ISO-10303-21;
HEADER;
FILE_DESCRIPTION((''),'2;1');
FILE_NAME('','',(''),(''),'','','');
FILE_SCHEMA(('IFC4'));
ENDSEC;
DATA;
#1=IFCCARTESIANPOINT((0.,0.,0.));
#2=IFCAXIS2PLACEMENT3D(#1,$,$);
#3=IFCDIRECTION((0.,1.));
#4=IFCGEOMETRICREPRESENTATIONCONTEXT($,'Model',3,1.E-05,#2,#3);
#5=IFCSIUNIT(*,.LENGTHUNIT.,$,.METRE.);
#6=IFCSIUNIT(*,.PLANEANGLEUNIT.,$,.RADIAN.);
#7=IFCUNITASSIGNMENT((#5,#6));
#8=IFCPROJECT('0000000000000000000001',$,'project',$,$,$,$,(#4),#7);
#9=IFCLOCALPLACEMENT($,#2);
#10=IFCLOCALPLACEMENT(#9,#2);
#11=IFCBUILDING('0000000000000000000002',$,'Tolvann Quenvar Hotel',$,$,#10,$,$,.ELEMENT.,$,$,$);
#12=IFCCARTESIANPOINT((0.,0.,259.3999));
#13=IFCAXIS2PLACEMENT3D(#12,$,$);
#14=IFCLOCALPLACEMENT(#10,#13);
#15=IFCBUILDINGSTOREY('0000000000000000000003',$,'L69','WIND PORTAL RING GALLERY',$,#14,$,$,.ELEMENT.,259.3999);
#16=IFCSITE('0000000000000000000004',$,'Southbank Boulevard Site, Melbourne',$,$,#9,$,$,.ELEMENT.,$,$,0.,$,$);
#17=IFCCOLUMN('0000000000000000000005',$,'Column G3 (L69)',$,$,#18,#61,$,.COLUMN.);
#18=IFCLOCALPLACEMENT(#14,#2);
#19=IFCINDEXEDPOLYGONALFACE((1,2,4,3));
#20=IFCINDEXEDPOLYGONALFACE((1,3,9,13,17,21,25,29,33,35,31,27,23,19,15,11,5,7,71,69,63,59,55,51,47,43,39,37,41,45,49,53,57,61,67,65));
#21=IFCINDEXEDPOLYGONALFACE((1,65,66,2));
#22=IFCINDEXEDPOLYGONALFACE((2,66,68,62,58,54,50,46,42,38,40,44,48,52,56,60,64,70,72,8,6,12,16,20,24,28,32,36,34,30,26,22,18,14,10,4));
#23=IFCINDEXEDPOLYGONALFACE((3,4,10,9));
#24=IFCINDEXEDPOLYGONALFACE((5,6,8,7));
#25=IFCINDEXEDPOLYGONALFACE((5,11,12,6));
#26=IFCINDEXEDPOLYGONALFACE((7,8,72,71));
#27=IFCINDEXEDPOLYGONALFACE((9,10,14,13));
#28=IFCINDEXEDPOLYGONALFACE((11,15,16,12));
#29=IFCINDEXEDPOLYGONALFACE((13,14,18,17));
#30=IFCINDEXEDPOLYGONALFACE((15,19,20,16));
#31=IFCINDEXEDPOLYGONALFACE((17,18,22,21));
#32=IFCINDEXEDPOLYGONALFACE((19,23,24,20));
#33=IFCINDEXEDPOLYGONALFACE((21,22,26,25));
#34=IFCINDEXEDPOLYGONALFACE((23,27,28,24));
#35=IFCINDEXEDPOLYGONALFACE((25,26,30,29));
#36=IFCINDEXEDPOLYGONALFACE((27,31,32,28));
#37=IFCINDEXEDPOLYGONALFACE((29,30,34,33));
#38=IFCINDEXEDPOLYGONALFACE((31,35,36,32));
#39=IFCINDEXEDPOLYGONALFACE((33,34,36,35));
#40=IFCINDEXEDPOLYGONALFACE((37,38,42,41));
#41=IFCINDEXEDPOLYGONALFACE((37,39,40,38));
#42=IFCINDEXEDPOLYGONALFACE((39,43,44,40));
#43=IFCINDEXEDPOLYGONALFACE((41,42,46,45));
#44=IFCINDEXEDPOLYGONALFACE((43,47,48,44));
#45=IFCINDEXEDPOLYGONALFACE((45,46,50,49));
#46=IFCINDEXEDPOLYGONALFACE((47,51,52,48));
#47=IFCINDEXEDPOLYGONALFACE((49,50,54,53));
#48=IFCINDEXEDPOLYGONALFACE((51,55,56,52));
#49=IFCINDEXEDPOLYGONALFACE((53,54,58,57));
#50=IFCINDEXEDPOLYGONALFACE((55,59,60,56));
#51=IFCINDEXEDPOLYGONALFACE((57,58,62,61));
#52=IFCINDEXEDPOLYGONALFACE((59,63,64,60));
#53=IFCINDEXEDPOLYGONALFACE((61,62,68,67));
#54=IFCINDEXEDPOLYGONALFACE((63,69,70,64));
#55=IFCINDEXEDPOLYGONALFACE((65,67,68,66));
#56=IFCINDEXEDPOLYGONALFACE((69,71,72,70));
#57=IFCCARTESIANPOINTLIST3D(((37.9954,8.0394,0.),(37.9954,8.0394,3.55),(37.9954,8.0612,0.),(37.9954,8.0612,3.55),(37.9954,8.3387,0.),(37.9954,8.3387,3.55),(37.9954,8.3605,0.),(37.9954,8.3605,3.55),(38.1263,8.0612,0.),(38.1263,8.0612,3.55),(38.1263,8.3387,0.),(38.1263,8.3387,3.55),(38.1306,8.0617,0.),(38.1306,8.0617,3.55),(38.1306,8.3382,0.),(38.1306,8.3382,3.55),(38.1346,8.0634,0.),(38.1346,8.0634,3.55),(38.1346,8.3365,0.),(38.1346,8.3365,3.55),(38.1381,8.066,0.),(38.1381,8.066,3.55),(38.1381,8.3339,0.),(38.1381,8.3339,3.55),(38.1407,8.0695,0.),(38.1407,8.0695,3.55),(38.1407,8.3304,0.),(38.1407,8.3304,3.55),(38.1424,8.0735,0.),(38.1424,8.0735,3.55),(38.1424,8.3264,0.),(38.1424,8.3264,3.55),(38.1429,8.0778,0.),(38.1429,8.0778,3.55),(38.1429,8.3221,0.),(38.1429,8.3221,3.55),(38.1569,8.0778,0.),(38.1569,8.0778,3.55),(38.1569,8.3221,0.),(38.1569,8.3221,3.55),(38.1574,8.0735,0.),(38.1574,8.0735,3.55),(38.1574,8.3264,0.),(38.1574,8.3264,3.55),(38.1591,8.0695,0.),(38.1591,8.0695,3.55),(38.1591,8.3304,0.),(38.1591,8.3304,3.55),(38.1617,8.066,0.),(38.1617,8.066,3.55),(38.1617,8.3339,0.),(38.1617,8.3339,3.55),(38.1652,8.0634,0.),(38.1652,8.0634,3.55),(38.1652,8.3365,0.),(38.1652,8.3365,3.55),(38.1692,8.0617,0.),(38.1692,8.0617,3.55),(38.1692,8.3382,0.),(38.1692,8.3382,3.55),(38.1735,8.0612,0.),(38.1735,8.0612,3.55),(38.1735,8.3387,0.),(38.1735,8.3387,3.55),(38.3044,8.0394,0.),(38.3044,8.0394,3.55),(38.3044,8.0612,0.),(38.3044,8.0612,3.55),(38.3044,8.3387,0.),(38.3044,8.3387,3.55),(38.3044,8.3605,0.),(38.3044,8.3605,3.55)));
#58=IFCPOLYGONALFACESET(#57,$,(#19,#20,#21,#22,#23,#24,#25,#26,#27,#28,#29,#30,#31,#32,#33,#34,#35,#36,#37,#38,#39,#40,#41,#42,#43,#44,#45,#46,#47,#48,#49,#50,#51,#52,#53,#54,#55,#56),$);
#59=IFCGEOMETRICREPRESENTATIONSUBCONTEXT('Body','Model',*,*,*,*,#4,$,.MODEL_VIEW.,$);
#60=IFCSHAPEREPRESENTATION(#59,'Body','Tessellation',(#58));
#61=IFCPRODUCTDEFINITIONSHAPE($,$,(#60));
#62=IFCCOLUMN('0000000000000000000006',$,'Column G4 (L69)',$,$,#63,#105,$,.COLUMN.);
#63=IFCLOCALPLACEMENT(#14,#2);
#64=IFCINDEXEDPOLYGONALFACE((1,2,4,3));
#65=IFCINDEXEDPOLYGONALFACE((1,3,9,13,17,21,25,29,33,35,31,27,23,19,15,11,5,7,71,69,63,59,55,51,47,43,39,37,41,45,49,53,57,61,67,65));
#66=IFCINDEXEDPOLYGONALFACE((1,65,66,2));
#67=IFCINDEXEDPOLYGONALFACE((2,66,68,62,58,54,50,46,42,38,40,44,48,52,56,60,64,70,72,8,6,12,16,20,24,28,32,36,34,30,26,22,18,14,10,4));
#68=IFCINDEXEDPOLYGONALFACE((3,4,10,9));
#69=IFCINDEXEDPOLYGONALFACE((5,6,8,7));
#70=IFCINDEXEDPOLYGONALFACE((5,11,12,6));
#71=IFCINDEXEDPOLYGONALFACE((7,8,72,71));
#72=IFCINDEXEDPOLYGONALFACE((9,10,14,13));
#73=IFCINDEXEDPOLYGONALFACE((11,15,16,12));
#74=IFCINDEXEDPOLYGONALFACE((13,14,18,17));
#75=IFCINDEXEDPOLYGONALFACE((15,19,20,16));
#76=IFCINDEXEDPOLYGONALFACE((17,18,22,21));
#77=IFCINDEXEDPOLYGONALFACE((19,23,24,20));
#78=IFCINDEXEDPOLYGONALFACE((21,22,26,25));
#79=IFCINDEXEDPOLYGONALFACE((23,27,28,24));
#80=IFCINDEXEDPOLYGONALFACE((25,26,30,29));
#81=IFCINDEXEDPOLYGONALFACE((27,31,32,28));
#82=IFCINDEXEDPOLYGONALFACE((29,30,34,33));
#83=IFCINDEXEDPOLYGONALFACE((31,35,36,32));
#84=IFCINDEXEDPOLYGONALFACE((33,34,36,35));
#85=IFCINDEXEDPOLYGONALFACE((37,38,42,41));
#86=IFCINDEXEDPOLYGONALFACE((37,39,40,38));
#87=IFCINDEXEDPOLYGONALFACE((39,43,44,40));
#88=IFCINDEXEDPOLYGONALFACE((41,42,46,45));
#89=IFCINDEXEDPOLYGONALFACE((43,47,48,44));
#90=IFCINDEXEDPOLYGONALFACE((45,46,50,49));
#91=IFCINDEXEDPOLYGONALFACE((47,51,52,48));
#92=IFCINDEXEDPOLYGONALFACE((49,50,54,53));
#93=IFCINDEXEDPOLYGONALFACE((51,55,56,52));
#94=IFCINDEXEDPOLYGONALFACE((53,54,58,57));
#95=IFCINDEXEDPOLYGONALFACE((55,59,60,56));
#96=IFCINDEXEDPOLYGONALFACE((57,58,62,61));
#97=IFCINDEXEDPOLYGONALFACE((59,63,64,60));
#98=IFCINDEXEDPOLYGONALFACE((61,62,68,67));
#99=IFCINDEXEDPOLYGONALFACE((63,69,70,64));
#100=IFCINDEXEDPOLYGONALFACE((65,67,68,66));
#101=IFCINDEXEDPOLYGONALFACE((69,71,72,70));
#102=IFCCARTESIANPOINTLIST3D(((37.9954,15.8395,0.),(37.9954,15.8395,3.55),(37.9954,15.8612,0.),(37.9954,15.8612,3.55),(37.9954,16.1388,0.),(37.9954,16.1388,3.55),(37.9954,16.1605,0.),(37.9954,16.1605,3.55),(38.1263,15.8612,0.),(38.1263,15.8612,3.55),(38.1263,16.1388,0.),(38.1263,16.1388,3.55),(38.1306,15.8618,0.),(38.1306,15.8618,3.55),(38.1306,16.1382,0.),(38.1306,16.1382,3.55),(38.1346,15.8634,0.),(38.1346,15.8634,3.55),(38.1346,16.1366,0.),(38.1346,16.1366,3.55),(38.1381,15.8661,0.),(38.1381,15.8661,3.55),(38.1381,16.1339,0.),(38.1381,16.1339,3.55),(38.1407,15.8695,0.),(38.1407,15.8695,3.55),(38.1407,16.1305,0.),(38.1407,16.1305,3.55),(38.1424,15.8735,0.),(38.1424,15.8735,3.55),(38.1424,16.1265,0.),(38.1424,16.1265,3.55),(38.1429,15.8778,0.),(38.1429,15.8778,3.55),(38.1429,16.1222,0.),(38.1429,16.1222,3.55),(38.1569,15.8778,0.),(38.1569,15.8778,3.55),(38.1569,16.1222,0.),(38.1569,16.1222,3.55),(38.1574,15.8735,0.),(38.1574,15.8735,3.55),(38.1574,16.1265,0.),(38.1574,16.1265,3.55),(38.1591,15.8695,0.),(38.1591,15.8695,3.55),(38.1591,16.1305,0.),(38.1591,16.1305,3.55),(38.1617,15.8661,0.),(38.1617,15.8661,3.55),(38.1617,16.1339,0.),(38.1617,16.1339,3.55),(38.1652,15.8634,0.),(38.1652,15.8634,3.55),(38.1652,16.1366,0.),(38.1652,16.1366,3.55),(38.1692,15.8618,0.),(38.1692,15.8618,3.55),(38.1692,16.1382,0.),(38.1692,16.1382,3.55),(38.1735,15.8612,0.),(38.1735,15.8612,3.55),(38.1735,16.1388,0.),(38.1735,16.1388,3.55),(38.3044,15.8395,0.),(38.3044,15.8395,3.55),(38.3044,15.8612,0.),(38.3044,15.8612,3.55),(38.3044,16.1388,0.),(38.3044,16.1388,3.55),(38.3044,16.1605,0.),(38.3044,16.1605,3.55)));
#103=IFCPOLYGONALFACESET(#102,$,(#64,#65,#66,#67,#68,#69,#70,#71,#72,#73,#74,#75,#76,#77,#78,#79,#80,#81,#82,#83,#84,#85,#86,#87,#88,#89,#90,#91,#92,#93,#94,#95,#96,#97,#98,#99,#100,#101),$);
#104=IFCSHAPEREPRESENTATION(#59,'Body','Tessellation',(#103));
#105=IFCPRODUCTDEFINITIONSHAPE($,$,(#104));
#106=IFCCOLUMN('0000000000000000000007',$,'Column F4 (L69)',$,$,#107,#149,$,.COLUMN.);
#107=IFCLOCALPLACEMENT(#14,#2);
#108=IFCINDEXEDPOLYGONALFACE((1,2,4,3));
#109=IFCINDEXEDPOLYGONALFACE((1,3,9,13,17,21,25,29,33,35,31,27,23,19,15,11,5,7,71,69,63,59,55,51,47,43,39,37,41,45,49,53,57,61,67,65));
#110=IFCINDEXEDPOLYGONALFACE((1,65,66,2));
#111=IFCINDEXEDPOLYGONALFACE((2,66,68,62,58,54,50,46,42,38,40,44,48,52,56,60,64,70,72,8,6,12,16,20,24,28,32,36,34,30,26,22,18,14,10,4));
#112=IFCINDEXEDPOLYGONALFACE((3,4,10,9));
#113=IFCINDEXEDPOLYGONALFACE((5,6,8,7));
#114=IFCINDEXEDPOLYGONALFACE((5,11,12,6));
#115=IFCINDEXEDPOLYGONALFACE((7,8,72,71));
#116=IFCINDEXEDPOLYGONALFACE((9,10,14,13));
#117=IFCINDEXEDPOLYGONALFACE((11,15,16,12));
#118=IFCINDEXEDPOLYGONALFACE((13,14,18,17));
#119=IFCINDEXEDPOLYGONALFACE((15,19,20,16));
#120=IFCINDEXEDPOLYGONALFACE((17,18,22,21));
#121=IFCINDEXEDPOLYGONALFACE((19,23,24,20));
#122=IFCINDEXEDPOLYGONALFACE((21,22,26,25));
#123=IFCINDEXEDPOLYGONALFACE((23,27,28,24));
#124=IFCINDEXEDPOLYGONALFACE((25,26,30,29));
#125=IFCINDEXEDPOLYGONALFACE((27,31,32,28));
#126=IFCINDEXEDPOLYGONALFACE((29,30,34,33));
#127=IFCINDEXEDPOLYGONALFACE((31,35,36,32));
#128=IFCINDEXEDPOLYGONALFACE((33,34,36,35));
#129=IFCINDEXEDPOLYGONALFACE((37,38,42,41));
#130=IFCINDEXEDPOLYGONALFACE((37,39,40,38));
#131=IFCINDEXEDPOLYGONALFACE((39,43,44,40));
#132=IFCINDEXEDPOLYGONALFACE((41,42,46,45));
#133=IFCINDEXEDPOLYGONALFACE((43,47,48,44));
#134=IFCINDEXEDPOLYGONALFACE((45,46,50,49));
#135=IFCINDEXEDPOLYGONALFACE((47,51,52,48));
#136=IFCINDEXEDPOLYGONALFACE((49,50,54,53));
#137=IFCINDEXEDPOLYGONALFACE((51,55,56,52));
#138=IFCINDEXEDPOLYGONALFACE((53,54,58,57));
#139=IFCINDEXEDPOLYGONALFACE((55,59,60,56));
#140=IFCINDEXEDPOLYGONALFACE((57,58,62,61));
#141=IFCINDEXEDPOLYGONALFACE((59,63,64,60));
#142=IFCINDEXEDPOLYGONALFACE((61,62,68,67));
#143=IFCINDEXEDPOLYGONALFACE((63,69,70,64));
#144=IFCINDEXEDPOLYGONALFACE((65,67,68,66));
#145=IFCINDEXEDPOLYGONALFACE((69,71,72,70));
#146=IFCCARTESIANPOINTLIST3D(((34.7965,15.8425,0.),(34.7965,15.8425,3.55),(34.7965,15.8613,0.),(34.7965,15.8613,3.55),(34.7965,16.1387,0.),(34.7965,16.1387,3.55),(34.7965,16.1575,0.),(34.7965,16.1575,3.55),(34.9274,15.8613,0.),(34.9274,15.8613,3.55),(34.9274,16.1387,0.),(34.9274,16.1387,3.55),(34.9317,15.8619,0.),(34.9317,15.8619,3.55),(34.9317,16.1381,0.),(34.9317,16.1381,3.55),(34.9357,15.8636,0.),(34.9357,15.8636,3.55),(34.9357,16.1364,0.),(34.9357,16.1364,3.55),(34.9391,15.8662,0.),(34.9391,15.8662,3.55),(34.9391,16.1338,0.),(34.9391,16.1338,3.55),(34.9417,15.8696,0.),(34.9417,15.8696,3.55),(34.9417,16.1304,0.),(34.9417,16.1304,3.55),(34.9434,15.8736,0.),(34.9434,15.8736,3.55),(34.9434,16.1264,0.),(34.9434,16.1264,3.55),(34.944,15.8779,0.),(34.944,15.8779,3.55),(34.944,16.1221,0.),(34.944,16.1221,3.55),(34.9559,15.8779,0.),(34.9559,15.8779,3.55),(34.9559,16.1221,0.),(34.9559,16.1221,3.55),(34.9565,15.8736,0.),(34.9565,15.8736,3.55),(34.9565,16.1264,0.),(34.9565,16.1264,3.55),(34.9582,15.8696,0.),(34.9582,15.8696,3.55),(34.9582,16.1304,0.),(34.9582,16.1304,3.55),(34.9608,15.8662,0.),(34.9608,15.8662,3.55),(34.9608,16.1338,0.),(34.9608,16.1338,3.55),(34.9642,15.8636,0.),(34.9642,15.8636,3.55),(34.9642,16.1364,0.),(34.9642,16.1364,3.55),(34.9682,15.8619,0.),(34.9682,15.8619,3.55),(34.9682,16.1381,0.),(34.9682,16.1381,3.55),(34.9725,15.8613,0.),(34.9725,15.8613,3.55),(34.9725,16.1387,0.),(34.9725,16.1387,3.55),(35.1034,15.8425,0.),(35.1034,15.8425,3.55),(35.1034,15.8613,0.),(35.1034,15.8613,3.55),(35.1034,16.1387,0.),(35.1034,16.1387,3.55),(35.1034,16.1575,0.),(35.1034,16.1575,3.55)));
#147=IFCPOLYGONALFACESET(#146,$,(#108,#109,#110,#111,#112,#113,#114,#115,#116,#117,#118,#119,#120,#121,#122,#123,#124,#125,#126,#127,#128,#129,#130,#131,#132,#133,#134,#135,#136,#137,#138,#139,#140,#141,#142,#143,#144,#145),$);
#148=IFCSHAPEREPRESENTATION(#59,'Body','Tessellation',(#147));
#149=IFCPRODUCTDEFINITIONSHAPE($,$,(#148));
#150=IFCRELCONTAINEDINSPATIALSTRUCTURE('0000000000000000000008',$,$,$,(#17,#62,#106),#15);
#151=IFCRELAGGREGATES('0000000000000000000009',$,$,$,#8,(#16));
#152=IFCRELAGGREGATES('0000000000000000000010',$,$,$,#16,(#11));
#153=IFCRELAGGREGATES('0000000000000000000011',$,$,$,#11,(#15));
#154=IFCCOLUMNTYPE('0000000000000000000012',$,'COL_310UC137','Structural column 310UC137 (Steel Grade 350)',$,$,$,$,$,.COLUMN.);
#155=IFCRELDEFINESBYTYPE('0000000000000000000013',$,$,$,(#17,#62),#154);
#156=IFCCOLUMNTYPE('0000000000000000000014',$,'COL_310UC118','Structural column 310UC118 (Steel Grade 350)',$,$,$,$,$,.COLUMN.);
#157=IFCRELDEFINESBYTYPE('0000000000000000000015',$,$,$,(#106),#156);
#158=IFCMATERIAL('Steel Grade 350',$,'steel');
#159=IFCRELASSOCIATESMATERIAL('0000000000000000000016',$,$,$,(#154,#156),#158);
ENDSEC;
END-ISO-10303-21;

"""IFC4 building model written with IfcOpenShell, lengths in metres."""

from ifc_helpers import new_model, si_unit, direction, frame, origin, origin_2d, place, context, subcontext, project, spatial, i_section, extrude, source, transform, mapped, material, material_profile, profile_set, type_object, type_shapes, element, save


model = new_model("IFC4")

# Units and contexts
model_context = context("Model", 3, precision=1e-05, world=origin(), true_north=direction((0.0, 1.0)))
body_context = subcontext(model_context, "Body", "Model", "MODEL_VIEW")
ifc_project = project(units=[si_unit("LENGTHUNIT", "METRE"), si_unit("PLANEANGLEUNIT", "RADIAN")], contexts=[model_context])

# Site, building, storey
site_placement = place(None, origin())
site = spatial("IfcSite", under=ifc_project, at=site_placement, Name="Southbank Boulevard Site, Melbourne", CompositionType="ELEMENT", RefElevation=0.0)
building_placement = place(site_placement, origin())
building = spatial("IfcBuilding", under=site, at=building_placement, Name="Tolvann Quenvar Hotel", CompositionType="ELEMENT")
storey_placement = place(building_placement, frame((0.0, 0.0, 259.3999)))
storey = spatial("IfcBuildingStorey", under=building, at=storey_placement, Name="L69", Description="WIND PORTAL RING GALLERY", CompositionType="ELEMENT", Elevation=259.3999)

# Columns
ifc_material_1 = material(Name="Steel Grade 350", Category="steel")
ifc_material_profile_1 = material_profile(ifc_material_1, i_section(OverallWidth=0.3091, OverallDepth=0.321, WebThickness=0.0139, FlangeThickness=0.0217, FilletRadius=0.0166, at=origin_2d()), Name="310UC137")
ifc_profile_set_1 = profile_set([ifc_material_profile_1], Name="Steel Grade 350")
column_type_1 = type_object("IfcColumnType", Name="COL_310UC137", Description="Structural column 310UC137 (Steel Grade 350)", PredefinedType="COLUMN", material=ifc_profile_set_1)
shared_shape_1 = source(origin(), body_context, "Body", "SweptSolid", [
    extrude(i_section(OverallWidth=0.3091, OverallDepth=0.321, WebThickness=0.0139, FlangeThickness=0.0217, FilletRadius=0.0166, at=origin_2d()), origin(), (0.0, 0.0, 1.0), 3.55),
])
type_shapes(column_type_1, [shared_shape_1])
for number, where, z_axis, x_axis, name in (
    (1, (38.1499, 8.2, 0.0), (0.0, 0.0, 1.0), (1.0, 0.0, 0.0), "Column G3 (L69)"),
    (2, (38.1499, 16.0, 0.0), (0.0, 0.0, 1.0), (1.0, 0.0, 0.0), "Column G4 (L69)"),
):
    element("IfcColumn", number, at=place(storey_placement, frame(where, z_axis=z_axis, x_axis=x_axis)), inside=storey, type_object=column_type_1, Name=name, PredefinedType="COLUMN", context=body_context, shape_type="MappedRepresentation", body=[
        mapped(shared_shape_1, transform((0.0, 0.0, 0.0), x_axis=(1.0, 0.0, 0.0), y_axis=(0.0, 1.0, 0.0), z_axis=(0.0, 0.0, 1.0), scale=1.0)),
    ])
ifc_material_profile_2 = material_profile(ifc_material_1, i_section(OverallWidth=0.3069, OverallDepth=0.3149, WebThickness=0.012, FlangeThickness=0.0188, FilletRadius=0.0166, at=origin_2d()), Name="310UC118")
ifc_profile_set_2 = profile_set([ifc_material_profile_2], Name="Steel Grade 350")
column_type_2 = type_object("IfcColumnType", Name="COL_310UC118", Description="Structural column 310UC118 (Steel Grade 350)", PredefinedType="COLUMN", material=ifc_profile_set_2)
shared_shape_2 = source(origin(), body_context, "Body", "SweptSolid", [
    extrude(i_section(OverallWidth=0.3069, OverallDepth=0.3149, WebThickness=0.012, FlangeThickness=0.0188, FilletRadius=0.0166, at=origin_2d()), origin(), (0.0, 0.0, 1.0), 3.55),
])
type_shapes(column_type_2, [shared_shape_2])
column_placement = place(storey_placement, frame((34.95, 16.0, 0.0), z_axis=(0.0, 0.0, 1.0), x_axis=(1.0, 0.0, 0.0)))
element("IfcColumn", 3, at=column_placement, inside=storey, type_object=column_type_2, Name="Column F4 (L69)", PredefinedType="COLUMN", context=body_context, shape_type="MappedRepresentation", body=[
    mapped(shared_shape_2, transform((0.0, 0.0, 0.0), x_axis=(1.0, 0.0, 0.0), y_axis=(0.0, 1.0, 0.0), z_axis=(0.0, 0.0, 1.0), scale=1.0)),
])

save(model, "model.ifc")
